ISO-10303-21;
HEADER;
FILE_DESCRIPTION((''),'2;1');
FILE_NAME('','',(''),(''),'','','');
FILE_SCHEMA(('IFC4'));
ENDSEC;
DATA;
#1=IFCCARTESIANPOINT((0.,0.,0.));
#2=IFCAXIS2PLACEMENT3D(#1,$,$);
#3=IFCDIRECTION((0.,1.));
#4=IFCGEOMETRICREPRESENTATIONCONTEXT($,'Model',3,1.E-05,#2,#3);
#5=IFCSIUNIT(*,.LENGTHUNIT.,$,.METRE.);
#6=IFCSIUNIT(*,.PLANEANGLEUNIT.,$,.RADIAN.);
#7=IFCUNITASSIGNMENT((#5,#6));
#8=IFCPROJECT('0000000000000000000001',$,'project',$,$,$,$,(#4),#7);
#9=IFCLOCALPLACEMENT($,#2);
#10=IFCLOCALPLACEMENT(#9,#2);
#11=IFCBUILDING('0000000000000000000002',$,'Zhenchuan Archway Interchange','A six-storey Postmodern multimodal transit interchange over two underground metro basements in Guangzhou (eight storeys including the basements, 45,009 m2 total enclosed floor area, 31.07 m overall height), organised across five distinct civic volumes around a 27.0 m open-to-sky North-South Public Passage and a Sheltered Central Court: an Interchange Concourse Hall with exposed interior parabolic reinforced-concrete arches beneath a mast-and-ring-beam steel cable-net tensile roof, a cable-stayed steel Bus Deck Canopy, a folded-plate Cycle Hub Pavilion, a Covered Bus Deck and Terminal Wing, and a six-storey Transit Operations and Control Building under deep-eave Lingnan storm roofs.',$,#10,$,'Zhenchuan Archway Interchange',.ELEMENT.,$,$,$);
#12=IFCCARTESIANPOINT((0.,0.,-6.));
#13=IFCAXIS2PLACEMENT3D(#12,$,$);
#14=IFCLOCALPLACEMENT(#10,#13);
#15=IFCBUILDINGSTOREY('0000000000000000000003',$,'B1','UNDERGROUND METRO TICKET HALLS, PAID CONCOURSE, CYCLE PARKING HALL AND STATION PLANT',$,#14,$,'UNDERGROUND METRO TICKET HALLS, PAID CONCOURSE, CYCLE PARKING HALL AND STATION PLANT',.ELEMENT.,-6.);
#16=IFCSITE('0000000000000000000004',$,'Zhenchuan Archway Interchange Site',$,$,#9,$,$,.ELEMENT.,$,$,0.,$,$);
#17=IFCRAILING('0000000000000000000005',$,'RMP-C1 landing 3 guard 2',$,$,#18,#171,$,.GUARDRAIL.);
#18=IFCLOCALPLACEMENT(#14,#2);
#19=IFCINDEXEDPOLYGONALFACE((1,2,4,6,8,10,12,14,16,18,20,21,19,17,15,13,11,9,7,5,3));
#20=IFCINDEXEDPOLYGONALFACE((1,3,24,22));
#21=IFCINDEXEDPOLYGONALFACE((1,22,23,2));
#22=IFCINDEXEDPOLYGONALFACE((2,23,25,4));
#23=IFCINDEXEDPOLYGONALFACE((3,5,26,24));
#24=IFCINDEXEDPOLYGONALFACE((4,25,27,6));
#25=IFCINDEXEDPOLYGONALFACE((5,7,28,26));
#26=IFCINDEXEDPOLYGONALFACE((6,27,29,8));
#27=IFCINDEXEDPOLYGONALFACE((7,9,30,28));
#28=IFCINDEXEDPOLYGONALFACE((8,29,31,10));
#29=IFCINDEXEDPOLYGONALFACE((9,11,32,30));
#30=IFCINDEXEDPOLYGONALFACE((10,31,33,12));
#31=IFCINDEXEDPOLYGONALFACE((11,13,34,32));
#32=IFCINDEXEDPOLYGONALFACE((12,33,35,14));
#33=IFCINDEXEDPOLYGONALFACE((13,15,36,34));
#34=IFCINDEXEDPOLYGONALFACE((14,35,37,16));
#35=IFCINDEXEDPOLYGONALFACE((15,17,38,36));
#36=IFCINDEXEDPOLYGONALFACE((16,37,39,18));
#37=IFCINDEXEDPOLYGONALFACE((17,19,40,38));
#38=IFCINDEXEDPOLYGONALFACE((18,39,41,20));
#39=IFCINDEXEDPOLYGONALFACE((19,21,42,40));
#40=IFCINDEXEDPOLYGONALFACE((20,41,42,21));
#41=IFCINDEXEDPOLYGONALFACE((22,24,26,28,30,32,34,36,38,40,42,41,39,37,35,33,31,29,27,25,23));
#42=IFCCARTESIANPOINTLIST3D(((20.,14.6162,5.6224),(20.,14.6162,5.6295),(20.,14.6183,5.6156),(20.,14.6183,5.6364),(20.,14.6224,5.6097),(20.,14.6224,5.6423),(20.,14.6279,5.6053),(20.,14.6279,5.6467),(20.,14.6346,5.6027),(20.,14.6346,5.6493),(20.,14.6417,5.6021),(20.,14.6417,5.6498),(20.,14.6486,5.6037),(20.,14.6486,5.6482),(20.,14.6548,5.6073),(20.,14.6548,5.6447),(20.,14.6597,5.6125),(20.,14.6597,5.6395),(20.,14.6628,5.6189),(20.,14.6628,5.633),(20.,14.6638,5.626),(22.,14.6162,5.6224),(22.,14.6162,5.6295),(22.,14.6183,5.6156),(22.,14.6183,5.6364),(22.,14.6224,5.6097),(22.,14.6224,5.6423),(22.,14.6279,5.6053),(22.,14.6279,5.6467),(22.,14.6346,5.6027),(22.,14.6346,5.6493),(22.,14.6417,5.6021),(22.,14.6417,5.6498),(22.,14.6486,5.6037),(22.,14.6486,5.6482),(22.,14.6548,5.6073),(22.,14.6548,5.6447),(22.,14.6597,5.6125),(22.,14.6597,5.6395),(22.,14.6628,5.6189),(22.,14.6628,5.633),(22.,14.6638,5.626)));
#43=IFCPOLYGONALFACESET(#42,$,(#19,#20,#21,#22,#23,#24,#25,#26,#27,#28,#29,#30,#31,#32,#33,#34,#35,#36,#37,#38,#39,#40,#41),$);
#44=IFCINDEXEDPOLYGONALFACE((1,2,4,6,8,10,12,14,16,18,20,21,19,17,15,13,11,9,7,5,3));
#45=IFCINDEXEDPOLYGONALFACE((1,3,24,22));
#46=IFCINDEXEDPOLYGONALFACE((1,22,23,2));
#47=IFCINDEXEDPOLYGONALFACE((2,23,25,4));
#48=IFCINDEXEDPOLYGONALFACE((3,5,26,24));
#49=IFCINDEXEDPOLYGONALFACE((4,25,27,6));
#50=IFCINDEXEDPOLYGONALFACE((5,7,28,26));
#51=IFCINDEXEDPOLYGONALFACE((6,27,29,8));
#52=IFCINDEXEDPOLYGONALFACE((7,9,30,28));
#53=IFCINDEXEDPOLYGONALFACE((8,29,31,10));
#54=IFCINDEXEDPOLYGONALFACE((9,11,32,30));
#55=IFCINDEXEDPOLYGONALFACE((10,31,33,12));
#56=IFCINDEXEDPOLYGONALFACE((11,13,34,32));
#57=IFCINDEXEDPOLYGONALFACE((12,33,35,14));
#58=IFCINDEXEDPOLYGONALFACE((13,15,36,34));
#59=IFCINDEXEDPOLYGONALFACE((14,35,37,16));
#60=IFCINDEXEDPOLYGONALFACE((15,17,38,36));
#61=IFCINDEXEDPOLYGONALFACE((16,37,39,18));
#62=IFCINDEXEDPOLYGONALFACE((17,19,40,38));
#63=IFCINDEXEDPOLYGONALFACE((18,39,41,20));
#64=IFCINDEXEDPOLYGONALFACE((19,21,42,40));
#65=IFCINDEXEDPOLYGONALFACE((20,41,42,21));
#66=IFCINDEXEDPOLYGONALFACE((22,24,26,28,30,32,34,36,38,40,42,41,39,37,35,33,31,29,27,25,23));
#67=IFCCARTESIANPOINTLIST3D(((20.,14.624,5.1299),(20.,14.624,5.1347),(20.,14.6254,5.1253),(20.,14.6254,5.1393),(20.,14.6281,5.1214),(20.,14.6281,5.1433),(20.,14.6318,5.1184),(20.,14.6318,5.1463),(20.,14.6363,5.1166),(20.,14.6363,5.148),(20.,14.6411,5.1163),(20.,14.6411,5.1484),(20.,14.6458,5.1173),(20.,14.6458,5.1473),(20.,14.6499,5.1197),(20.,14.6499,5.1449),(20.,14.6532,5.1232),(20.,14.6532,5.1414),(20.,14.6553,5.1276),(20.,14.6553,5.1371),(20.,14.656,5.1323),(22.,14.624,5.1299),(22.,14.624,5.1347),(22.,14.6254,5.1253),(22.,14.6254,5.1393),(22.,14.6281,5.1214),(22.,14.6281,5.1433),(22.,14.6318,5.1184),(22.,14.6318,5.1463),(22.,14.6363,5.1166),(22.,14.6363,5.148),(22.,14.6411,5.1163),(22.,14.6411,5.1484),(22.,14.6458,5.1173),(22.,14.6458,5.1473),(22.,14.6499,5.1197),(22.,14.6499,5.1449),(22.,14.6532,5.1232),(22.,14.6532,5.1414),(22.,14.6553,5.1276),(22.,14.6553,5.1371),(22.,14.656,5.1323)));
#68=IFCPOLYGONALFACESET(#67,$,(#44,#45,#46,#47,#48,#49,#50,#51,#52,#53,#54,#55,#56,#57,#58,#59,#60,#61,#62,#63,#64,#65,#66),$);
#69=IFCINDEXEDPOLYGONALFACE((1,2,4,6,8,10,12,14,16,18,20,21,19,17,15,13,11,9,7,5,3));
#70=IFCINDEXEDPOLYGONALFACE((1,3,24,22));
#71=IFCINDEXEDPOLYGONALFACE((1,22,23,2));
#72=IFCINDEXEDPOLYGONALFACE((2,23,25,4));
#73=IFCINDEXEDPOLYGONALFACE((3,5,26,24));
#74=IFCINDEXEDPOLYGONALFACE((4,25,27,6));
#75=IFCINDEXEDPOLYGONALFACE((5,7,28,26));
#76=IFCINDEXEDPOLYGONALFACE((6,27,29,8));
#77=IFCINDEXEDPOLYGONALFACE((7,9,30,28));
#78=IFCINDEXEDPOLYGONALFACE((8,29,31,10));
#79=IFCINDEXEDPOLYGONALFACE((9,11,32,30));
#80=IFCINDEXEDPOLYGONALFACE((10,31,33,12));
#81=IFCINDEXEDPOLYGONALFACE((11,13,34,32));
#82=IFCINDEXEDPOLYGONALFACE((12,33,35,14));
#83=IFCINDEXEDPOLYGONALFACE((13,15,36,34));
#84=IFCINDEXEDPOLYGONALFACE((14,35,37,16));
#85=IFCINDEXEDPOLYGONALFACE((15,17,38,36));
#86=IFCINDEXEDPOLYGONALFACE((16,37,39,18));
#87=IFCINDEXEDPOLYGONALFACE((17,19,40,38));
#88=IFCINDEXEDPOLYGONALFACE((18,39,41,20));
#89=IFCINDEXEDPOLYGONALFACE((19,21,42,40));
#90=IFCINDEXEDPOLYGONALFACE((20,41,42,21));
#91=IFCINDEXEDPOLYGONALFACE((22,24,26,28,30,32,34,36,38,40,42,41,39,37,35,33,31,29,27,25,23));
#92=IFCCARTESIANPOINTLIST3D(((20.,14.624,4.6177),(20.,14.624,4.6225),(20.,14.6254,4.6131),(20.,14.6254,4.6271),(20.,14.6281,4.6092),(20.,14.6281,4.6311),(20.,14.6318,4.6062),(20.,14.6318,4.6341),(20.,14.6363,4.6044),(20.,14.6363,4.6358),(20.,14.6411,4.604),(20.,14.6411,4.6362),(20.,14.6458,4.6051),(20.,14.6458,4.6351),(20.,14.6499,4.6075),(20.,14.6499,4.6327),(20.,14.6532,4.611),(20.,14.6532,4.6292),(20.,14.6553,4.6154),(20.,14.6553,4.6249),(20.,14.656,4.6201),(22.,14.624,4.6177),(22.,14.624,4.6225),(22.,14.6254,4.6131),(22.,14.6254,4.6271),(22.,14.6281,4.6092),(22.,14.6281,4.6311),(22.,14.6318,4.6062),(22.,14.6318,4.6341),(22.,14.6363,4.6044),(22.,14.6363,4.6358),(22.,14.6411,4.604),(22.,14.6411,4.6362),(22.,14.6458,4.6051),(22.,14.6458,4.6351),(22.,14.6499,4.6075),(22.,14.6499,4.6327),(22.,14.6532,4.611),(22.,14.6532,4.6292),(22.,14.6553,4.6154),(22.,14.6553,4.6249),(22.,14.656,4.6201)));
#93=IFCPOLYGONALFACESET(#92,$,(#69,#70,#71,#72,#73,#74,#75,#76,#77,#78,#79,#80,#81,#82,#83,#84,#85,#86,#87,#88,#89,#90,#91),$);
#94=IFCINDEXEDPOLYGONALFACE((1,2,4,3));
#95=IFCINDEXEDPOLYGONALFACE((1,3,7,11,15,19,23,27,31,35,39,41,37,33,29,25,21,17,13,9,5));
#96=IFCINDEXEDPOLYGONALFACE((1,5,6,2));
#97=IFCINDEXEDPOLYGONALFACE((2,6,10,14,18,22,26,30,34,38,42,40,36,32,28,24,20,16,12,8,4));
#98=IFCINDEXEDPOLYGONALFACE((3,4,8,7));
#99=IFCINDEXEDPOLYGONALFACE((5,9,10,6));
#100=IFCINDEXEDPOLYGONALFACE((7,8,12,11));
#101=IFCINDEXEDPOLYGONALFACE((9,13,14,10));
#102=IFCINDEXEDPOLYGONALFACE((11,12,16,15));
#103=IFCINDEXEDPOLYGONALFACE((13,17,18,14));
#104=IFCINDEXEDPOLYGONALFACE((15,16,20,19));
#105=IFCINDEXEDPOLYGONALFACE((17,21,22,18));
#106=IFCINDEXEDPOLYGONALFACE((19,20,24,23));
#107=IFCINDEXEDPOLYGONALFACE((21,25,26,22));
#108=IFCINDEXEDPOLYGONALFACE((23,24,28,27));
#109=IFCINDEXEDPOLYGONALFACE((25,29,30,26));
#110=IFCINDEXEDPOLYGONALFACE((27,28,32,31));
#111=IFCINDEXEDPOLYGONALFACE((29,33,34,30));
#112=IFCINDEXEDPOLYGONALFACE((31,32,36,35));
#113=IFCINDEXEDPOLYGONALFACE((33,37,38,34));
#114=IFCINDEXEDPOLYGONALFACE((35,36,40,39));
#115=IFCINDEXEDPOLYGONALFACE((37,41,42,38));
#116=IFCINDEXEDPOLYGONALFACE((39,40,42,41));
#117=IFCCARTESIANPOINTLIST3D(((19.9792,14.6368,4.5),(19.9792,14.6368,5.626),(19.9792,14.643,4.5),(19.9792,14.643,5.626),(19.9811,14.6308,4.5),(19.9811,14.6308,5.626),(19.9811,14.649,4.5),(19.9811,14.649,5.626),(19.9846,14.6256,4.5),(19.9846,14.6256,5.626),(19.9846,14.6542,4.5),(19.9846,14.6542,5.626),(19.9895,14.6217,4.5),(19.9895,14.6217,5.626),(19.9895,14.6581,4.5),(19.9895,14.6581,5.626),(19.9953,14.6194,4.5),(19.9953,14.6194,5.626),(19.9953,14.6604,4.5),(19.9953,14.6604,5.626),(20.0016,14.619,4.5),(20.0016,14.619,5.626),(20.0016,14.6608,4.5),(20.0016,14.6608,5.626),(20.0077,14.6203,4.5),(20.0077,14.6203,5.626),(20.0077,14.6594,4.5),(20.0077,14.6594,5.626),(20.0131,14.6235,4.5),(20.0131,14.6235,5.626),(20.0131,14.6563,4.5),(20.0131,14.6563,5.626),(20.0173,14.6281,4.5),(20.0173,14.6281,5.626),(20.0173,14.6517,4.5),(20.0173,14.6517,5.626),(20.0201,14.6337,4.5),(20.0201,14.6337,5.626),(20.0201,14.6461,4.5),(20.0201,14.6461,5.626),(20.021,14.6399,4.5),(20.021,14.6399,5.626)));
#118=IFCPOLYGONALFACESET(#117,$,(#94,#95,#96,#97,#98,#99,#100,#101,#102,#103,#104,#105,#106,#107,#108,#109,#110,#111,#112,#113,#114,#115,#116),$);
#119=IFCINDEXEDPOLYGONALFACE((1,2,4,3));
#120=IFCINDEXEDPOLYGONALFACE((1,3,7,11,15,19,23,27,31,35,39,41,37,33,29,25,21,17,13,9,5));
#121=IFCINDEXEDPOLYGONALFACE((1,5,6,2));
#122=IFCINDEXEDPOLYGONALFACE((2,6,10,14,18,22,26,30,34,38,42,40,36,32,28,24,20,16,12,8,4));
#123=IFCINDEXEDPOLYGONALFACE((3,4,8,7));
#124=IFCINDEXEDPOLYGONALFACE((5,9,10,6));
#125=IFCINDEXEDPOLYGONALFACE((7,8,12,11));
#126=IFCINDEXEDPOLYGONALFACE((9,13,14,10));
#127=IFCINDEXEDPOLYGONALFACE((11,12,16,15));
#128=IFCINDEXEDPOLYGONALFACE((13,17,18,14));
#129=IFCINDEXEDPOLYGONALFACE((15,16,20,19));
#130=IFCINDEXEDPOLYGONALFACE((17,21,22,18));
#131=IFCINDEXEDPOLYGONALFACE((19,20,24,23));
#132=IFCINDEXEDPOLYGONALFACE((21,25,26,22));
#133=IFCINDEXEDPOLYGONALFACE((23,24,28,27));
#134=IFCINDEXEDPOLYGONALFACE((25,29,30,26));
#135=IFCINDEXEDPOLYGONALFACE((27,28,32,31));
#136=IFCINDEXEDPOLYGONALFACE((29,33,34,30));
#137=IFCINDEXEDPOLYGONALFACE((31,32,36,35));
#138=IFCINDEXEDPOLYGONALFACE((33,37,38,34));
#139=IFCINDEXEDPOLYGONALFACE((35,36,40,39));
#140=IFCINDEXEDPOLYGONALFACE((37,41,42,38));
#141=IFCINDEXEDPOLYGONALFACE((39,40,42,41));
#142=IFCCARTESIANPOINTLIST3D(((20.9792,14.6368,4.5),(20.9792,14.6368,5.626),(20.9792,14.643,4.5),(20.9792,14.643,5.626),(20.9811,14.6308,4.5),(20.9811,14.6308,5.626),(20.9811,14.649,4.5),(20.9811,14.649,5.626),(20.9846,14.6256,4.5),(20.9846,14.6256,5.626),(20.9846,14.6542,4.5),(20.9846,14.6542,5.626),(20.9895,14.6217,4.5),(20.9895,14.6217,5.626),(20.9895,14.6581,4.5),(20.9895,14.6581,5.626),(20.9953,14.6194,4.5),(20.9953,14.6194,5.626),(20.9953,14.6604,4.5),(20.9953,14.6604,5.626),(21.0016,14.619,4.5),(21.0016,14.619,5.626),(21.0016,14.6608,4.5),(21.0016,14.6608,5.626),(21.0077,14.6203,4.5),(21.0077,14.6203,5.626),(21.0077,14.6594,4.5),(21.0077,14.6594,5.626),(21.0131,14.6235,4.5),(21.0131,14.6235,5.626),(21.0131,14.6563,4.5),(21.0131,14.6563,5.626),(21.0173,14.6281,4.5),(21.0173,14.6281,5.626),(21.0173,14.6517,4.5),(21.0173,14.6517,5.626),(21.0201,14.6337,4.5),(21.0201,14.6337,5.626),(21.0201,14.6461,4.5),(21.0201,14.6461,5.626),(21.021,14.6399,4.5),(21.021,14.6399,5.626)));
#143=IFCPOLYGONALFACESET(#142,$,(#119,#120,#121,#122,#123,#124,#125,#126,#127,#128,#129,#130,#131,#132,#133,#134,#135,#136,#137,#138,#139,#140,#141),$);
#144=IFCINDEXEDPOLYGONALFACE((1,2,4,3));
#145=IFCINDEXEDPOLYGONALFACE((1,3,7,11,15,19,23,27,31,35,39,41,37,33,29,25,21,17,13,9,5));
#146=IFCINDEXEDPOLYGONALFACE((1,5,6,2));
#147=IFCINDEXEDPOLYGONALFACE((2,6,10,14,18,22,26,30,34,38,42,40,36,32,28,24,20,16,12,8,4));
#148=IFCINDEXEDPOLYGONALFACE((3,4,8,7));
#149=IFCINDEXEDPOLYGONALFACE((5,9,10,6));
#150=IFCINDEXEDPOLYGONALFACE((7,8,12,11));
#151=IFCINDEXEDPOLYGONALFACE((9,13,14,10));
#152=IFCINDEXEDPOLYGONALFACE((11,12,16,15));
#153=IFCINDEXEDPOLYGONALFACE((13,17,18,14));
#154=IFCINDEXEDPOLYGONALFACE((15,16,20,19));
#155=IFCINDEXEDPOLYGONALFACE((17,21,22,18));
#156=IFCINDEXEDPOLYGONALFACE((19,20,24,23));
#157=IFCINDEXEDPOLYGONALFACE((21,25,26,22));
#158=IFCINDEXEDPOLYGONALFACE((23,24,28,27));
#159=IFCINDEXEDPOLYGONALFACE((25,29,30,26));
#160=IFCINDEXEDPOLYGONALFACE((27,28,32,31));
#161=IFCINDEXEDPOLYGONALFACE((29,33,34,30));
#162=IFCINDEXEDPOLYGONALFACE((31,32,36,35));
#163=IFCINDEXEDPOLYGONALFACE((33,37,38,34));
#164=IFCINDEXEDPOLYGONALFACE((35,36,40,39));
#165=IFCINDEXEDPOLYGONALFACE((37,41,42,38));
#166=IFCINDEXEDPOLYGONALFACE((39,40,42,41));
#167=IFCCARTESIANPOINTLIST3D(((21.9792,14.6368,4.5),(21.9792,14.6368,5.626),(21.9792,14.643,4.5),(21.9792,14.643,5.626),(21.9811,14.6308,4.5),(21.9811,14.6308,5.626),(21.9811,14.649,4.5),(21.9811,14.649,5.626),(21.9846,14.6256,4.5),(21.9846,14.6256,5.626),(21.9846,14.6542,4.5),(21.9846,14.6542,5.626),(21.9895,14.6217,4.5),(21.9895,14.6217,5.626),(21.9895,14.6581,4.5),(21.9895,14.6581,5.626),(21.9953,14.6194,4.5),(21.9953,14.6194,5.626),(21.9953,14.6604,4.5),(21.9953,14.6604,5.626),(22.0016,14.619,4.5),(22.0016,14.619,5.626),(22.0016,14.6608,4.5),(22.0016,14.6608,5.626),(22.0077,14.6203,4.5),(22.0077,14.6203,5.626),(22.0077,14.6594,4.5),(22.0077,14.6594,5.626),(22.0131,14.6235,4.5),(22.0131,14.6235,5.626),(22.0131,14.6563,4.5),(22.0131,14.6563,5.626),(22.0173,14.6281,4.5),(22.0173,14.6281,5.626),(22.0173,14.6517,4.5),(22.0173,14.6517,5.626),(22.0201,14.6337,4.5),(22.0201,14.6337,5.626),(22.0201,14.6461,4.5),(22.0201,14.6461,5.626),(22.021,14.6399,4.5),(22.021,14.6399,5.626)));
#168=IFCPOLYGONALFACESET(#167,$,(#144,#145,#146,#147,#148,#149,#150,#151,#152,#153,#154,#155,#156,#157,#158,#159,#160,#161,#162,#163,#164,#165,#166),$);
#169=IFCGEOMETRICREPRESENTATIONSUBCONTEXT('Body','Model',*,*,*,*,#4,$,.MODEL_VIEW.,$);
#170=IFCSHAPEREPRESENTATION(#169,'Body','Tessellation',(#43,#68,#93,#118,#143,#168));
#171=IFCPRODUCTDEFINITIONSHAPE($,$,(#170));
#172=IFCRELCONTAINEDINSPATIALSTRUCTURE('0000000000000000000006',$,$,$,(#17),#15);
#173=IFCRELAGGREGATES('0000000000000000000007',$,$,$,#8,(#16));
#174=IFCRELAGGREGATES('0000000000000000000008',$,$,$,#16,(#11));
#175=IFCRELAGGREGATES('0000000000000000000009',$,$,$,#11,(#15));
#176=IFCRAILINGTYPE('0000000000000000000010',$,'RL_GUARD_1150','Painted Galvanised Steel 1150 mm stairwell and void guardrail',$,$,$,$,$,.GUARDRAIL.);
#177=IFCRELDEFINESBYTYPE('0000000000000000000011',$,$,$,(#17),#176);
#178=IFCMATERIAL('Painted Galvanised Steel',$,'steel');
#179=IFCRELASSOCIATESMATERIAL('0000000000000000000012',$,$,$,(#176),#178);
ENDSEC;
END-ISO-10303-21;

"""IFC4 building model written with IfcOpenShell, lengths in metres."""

from ifc_helpers import new_model, si_unit, direction, frame, origin, origin_2d, place, context, subcontext, project, spatial, circle, extrude, material, type_object, element, save


model = new_model("IFC4")

# Units and contexts
model_context = context("Model", 3, precision=1e-05, world=origin(), true_north=direction((0.0, 1.0)))
body_context = subcontext(model_context, "Body", "Model", "MODEL_VIEW")
ifc_project = project(units=[si_unit("LENGTHUNIT", "METRE"), si_unit("PLANEANGLEUNIT", "RADIAN")], contexts=[model_context])

# Site, building, storey
site_placement = place(None, origin())
site = spatial("IfcSite", under=ifc_project, at=site_placement, Name="Zhenchuan Archway Interchange Site", CompositionType="ELEMENT", RefElevation=0.0)
building_placement = place(site_placement, origin())
building = spatial("IfcBuilding", under=site, at=building_placement, Name="Zhenchuan Archway Interchange", Description="A six-storey Postmodern multimodal transit interchange over two underground metro basements in Guangzhou (eight storeys including the basements, 45,009 m2 total enclosed floor area, 31.07 m overall height), organised across five distinct civic volumes around a 27.0 m open-to-sky North-South Public Passage and a Sheltered Central Court: an Interchange Concourse Hall with exposed interior parabolic reinforced-concrete arches beneath a mast-and-ring-beam steel cable-net tensile roof, a cable-stayed steel Bus Deck Canopy, a folded-plate Cycle Hub Pavilion, a Covered Bus Deck and Terminal Wing, and a six-storey Transit Operations and Control Building under deep-eave Lingnan storm roofs.", LongName="Zhenchuan Archway Interchange", CompositionType="ELEMENT")
storey_placement = place(building_placement, frame((0.0, 0.0, -6.0)))
storey = spatial("IfcBuildingStorey", under=building, at=storey_placement, Name="B1", Description="UNDERGROUND METRO TICKET HALLS, PAID CONCOURSE, CYCLE PARKING HALL AND STATION PLANT", LongName="UNDERGROUND METRO TICKET HALLS, PAID CONCOURSE, CYCLE PARKING HALL AND STATION PLANT", CompositionType="ELEMENT", Elevation=-6.0)

# Shared definitions
ifc_material_1 = material(Name="Painted Galvanised Steel", Category="steel")

# Railing
railing_type = type_object("IfcRailingType", Name="RL_GUARD_1150", Description="Painted Galvanised Steel 1150 mm stairwell and void guardrail", PredefinedType="GUARDRAIL", material=ifc_material_1)
for number, where, name in (
    (1, (20.0, 14.6399, 4.5), "RMP-C1 landing 3 guard 2"),
):
    element("IfcRailing", number, at=place(storey_placement, frame(where)), inside=storey, type_object=railing_type, Name=name, PredefinedType="GUARDRAIL", context=body_context, shape_type="SweptSolid", body=[
        extrude(circle(Radius=0.0239, at=origin_2d()), frame((0.0, 0.0, 1.126), z_axis=(1.0, 0.0, 0.0), x_axis=(0.0, 1.0, 0.0)), (0.0, 0.0, 1.0), 2.0),
        extrude(circle(Radius=0.0161, at=origin_2d()), frame((0.0, 0.0, 0.6323), z_axis=(1.0, 0.0, 0.0), x_axis=(0.0, 1.0, 0.0)), (0.0, 0.0, 1.0), 2.0),
        extrude(circle(Radius=0.0161, at=origin_2d()), frame((0.0, 0.0, 0.1201), z_axis=(1.0, 0.0, 0.0), x_axis=(0.0, 1.0, 0.0)), (0.0, 0.0, 1.0), 2.0),
        extrude(circle(Radius=0.021, at=origin_2d()), origin(), (0.0, 0.0, 1.0), 1.126),
        extrude(circle(Radius=0.021, at=origin_2d()), frame((1.0, 0.0, 0.0)), (0.0, 0.0, 1.0), 1.126),
        extrude(circle(Radius=0.021, at=origin_2d()), frame((2.0, 0.0, 0.0)), (0.0, 0.0, 1.0), 1.126),
    ])

save(model, "model.ifc")
